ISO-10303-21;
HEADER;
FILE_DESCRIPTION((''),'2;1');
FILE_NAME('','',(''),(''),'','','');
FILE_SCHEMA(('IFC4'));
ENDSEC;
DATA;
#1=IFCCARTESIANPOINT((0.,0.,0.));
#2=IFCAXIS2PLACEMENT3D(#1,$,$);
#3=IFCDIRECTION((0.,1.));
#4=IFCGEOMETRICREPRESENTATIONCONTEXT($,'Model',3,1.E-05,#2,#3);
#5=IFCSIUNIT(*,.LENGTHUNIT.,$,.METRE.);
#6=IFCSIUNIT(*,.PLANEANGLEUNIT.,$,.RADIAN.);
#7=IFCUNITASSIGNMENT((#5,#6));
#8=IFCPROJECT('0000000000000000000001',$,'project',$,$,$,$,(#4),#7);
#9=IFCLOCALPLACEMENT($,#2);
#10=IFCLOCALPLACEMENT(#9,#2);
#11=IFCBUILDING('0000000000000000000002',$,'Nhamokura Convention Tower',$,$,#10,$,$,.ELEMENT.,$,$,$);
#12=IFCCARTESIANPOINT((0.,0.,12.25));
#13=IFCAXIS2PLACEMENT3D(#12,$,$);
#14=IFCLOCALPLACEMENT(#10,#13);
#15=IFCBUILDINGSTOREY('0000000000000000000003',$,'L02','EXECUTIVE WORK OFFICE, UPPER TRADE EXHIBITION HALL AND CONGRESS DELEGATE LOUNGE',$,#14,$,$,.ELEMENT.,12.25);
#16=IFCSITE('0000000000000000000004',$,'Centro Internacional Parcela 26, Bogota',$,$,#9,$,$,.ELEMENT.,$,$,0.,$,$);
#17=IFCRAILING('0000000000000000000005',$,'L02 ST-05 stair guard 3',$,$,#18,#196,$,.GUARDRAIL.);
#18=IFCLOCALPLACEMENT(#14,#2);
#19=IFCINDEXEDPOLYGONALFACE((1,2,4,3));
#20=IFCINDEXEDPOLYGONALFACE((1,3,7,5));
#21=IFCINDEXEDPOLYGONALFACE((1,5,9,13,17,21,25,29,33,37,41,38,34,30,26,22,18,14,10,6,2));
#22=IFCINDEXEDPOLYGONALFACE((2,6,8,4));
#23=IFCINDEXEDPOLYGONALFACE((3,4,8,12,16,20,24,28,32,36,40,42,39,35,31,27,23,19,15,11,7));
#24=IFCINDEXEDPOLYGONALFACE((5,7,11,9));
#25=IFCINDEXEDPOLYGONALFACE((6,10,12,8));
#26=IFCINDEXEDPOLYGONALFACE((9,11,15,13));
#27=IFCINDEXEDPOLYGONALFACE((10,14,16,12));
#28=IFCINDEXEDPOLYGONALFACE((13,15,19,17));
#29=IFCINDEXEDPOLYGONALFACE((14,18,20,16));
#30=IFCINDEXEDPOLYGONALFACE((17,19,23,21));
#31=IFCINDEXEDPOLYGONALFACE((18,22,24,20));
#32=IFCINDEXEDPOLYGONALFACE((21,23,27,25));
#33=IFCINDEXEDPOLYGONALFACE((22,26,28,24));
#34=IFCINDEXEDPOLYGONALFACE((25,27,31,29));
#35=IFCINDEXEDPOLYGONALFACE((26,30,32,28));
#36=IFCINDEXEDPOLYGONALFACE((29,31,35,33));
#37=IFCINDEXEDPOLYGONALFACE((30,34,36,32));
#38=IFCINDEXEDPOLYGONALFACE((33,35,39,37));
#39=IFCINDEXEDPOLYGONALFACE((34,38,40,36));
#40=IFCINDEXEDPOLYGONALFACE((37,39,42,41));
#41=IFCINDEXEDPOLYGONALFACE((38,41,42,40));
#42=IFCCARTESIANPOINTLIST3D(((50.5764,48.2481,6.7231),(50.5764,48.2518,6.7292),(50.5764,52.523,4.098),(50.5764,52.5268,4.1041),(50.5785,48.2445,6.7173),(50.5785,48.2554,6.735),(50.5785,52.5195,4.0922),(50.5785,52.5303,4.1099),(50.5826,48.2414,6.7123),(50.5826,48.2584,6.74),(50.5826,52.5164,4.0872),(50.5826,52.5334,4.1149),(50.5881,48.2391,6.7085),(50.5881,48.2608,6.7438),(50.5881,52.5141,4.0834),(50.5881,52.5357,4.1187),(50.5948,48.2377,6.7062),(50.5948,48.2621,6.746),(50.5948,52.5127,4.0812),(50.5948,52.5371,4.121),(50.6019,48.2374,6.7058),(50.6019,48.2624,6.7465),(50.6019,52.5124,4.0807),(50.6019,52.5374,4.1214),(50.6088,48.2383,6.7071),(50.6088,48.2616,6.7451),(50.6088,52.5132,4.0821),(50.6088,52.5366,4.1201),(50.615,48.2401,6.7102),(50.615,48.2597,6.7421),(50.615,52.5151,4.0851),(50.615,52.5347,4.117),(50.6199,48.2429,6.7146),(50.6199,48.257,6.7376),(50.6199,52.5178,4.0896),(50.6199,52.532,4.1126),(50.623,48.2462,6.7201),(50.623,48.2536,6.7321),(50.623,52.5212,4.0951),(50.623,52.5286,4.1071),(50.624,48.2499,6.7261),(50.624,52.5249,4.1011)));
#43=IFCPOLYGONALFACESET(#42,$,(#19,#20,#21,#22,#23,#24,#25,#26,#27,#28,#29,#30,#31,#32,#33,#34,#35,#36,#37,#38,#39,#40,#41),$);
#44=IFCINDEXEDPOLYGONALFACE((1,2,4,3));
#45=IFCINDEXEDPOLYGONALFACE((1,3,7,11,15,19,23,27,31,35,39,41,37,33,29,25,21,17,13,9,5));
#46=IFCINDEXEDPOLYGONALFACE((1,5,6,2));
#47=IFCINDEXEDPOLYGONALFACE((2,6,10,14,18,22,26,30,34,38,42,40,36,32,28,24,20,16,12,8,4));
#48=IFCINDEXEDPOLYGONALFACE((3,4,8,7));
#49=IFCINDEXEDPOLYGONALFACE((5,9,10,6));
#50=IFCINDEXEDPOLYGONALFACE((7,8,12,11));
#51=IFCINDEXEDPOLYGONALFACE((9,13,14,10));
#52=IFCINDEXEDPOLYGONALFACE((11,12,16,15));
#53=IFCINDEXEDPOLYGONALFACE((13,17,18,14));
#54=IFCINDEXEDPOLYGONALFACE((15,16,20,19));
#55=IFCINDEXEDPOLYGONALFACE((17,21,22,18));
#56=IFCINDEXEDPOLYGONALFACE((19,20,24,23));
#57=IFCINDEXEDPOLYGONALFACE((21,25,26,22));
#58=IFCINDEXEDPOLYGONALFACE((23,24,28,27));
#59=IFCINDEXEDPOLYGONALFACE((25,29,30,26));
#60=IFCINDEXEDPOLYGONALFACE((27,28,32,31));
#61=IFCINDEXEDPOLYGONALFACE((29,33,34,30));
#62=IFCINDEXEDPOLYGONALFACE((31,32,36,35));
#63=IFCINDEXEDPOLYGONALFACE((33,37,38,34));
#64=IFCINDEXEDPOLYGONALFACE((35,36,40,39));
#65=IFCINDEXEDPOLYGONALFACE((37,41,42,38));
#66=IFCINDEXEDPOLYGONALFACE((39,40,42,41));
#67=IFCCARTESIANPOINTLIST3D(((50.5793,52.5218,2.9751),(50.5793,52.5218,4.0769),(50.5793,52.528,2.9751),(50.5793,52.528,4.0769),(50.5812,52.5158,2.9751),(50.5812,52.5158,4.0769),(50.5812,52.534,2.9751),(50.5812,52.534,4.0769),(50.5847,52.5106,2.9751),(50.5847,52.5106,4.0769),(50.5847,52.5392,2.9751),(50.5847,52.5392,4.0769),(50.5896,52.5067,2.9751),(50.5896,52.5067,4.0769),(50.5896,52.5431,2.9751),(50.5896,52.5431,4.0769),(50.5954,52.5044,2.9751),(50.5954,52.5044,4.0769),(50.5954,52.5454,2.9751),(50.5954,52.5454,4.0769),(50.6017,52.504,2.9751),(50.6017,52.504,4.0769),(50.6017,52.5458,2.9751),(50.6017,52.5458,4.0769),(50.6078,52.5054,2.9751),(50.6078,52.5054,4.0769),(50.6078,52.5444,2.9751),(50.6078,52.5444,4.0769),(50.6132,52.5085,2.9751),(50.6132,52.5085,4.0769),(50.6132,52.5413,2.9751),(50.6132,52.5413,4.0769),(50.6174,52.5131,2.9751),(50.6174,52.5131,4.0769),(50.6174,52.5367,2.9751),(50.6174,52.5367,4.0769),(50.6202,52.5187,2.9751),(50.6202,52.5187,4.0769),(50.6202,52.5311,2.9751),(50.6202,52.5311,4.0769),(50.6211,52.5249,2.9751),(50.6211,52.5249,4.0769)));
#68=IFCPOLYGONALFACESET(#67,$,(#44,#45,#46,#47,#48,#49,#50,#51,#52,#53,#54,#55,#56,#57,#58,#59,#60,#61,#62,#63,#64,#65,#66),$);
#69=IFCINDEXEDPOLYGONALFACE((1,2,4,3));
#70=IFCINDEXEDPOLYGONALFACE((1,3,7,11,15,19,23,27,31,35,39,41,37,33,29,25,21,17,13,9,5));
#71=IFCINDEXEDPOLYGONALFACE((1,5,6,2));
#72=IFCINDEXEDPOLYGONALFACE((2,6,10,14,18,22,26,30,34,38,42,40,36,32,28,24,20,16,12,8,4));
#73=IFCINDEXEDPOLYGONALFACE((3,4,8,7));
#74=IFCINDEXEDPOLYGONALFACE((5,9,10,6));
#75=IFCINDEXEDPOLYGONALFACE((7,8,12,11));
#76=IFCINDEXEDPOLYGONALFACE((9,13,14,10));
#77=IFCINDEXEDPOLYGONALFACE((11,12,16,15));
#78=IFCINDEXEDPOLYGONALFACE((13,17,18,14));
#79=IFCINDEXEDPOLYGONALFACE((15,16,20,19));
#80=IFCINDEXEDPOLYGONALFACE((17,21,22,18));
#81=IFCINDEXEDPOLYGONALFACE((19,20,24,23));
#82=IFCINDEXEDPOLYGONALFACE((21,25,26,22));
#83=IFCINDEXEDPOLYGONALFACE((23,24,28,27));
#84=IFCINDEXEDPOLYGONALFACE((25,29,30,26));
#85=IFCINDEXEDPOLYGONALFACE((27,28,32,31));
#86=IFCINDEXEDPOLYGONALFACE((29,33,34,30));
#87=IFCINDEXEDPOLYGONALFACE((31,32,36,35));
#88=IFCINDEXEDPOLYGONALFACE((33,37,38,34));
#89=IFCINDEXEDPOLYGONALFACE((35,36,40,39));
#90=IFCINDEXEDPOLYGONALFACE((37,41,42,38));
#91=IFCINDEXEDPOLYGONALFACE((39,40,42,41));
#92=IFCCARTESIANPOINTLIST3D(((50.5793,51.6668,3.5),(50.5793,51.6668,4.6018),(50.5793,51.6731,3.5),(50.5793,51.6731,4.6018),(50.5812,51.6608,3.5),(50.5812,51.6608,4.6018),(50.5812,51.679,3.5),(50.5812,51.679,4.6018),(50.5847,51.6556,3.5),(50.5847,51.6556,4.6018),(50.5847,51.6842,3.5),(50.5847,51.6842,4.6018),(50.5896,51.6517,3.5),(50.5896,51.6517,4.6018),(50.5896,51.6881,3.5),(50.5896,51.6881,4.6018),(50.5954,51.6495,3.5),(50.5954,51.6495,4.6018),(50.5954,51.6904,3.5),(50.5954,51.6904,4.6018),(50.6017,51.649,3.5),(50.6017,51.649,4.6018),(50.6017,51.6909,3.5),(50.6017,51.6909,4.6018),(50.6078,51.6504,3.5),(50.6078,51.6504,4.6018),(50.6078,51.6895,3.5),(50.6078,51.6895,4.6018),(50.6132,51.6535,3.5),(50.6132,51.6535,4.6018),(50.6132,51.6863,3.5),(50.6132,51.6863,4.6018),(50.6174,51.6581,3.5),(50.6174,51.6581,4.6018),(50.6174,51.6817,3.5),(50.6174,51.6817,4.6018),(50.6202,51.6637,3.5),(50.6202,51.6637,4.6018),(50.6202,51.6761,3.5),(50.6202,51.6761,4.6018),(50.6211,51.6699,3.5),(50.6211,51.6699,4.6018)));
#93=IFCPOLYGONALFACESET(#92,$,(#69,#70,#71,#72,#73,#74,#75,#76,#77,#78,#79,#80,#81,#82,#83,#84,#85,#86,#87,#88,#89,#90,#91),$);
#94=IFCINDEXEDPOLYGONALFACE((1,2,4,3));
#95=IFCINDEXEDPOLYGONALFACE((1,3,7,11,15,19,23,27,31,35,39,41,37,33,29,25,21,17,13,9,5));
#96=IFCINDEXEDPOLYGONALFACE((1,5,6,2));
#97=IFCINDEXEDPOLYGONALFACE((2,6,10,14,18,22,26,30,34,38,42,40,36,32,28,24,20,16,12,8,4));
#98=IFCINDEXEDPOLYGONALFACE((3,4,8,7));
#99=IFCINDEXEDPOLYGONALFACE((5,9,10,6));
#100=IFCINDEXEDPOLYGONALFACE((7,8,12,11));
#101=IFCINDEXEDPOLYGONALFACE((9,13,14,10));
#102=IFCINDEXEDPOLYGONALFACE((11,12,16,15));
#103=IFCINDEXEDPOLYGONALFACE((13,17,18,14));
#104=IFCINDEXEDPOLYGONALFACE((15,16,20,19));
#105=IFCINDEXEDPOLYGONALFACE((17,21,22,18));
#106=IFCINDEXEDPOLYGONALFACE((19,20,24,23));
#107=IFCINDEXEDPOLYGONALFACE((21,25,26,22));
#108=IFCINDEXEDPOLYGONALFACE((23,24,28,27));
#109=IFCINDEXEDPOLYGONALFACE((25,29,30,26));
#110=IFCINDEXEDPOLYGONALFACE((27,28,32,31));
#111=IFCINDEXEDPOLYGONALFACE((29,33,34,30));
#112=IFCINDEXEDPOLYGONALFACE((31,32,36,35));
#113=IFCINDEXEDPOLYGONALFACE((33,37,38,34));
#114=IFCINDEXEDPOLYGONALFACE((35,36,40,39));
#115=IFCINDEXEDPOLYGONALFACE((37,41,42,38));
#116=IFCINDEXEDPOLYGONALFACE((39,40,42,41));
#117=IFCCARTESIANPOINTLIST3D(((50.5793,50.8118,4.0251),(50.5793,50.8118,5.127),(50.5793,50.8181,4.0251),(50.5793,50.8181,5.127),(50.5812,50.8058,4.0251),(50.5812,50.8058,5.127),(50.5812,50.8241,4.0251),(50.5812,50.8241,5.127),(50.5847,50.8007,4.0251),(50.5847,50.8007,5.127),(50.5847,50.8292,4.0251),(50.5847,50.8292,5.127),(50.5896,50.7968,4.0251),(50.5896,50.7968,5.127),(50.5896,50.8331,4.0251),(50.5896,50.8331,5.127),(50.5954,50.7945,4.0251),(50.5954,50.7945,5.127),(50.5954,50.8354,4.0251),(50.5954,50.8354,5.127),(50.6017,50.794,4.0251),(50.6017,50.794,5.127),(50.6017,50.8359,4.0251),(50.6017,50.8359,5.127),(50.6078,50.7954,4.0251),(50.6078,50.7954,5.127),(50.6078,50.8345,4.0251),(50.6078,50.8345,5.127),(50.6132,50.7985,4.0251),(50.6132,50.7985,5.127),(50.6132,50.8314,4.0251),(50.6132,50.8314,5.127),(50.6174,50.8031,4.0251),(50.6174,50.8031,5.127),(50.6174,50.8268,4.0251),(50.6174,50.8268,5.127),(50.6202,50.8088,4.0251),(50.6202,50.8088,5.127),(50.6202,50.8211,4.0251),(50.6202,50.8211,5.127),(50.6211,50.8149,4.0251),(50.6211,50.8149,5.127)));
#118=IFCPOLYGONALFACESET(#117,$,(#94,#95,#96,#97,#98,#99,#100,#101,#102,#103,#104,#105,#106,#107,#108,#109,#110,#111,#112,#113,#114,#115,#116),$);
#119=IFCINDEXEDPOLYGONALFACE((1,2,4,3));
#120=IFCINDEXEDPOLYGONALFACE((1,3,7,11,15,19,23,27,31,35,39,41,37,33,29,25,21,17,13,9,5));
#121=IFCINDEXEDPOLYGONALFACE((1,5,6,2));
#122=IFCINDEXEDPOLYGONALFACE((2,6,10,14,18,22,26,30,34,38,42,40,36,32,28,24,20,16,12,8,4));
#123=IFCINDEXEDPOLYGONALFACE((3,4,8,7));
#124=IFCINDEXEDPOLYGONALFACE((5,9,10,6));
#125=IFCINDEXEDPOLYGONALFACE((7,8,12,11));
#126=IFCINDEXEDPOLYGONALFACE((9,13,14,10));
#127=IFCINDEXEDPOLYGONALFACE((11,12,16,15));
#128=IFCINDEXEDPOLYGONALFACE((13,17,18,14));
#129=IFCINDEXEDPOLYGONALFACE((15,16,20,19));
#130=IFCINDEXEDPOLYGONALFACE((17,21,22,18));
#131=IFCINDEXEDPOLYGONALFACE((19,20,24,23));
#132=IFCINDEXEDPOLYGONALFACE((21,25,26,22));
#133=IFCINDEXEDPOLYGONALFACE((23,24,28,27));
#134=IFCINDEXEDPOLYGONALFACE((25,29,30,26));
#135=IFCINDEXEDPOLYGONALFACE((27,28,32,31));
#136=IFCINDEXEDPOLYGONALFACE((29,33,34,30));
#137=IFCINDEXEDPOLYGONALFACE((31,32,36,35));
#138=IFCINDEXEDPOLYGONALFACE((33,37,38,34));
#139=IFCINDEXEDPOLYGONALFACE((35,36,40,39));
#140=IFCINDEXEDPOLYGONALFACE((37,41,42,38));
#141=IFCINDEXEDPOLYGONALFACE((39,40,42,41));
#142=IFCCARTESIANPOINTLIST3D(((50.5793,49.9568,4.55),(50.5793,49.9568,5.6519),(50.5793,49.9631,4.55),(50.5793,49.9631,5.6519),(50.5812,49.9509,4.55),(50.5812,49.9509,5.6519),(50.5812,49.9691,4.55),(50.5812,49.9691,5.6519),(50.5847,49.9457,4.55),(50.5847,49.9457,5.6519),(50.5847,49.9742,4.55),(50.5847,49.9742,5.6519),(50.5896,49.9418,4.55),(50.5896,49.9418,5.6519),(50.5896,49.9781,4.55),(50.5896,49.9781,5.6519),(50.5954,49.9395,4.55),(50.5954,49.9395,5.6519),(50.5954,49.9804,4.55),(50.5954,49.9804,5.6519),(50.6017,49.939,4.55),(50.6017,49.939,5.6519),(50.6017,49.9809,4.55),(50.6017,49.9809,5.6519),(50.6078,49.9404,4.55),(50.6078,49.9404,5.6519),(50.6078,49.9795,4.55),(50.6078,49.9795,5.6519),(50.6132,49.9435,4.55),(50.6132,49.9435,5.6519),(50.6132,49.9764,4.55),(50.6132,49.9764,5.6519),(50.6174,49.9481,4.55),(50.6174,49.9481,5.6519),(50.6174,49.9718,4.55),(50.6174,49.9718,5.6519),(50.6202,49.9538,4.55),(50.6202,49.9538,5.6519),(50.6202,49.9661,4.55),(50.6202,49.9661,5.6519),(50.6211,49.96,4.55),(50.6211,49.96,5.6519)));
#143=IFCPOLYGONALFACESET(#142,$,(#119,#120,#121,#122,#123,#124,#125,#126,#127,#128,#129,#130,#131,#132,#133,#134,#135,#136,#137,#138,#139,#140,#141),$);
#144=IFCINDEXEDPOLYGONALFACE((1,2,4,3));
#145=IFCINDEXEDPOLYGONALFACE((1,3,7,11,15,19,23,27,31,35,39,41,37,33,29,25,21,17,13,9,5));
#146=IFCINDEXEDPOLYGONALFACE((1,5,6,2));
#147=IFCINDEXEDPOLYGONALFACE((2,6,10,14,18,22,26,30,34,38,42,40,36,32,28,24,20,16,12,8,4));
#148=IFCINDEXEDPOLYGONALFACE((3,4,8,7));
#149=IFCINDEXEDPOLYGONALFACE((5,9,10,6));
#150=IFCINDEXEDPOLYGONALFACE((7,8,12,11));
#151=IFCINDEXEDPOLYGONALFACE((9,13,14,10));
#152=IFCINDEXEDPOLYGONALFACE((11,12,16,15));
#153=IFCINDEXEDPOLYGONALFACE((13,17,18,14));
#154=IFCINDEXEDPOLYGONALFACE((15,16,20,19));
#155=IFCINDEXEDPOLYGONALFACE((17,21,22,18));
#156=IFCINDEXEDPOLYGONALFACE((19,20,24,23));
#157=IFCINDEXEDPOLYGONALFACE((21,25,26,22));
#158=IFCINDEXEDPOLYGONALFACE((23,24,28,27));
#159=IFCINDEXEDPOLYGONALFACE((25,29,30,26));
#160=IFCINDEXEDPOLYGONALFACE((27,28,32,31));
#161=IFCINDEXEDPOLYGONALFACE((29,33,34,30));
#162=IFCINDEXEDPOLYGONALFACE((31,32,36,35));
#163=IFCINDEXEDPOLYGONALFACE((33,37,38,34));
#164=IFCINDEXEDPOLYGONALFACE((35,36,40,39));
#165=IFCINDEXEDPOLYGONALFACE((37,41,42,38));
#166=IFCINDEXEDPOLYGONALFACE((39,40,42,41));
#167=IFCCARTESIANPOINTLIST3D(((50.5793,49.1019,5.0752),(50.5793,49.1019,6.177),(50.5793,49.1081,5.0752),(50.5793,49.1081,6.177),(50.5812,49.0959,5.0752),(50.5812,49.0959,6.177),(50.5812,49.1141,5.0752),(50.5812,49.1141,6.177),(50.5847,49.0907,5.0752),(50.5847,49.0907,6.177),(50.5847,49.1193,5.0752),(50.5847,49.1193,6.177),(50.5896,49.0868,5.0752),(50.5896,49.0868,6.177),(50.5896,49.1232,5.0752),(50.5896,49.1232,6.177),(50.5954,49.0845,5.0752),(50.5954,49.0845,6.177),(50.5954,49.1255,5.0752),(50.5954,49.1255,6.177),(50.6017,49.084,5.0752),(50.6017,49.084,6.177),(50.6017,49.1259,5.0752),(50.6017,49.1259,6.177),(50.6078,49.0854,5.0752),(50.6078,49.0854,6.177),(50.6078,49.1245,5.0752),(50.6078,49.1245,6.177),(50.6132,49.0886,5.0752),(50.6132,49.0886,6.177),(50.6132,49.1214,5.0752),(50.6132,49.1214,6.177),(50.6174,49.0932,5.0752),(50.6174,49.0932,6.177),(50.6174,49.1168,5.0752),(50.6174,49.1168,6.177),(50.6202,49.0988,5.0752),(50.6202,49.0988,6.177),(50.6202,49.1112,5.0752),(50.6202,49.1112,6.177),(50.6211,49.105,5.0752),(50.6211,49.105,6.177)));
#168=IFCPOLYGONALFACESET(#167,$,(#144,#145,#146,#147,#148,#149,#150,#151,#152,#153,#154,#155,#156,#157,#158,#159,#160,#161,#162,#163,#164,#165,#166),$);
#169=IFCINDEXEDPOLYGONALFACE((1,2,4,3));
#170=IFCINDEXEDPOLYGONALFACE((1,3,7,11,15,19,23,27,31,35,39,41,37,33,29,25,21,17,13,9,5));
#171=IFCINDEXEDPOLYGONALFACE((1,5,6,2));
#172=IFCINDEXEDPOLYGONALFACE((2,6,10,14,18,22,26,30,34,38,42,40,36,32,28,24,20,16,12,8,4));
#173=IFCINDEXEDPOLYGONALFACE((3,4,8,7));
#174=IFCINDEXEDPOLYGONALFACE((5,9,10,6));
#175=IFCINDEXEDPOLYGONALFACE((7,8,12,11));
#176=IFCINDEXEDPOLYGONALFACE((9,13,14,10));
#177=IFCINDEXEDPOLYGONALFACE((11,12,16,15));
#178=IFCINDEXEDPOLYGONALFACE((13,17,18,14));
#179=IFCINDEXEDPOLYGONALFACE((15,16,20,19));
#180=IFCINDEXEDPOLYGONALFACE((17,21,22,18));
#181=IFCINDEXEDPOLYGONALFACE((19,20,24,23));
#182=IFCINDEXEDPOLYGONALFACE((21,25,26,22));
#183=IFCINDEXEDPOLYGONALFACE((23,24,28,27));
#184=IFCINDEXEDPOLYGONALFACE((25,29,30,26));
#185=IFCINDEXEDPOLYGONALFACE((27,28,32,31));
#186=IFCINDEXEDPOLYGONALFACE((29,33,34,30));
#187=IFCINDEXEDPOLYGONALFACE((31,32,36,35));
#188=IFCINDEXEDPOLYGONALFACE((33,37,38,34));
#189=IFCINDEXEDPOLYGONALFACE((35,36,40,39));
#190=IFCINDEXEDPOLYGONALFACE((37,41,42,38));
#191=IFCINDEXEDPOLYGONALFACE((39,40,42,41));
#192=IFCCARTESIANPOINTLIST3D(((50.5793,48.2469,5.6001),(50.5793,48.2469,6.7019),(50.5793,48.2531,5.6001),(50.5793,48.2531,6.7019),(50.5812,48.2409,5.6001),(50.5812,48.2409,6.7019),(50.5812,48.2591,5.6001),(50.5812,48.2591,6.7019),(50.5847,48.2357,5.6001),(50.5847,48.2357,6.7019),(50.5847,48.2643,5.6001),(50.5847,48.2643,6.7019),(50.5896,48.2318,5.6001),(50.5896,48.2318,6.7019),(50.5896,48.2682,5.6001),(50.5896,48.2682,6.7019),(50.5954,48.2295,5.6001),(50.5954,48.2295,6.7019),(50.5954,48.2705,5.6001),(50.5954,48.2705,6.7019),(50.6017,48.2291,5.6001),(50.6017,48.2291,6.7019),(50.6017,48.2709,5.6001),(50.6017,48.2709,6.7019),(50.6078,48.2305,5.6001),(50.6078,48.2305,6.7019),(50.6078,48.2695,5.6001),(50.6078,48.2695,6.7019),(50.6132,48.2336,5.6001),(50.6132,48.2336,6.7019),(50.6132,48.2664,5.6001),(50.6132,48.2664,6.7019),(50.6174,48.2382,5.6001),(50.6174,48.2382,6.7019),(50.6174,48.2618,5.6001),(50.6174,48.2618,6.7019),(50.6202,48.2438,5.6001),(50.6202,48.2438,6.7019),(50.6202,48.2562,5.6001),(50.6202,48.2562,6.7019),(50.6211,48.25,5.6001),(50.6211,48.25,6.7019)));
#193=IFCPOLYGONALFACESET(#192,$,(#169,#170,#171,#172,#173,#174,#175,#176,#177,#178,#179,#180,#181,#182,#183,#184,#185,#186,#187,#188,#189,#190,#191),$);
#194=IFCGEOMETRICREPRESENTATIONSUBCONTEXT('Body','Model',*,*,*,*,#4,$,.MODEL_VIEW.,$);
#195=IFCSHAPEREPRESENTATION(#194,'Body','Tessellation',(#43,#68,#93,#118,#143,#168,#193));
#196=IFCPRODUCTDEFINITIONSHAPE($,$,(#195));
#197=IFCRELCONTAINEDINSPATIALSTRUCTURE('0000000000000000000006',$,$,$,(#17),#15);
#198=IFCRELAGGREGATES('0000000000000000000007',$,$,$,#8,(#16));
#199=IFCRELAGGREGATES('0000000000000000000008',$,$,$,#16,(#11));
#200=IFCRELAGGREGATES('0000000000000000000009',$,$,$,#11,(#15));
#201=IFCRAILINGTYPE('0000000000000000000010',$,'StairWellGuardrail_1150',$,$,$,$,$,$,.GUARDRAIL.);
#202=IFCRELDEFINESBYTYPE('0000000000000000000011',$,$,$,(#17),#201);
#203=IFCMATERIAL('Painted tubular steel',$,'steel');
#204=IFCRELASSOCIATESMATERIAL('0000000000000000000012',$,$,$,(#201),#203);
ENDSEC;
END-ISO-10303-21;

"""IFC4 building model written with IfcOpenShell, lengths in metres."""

from ifc_helpers import new_model, si_unit, direction, frame, origin, origin_2d, place, context, subcontext, project, spatial, circle, extrude, material, type_object, element, save


model = new_model("IFC4")

# Units and contexts
model_context = context("Model", 3, precision=1e-05, world=origin(), true_north=direction((0.0, 1.0)))
body_context = subcontext(model_context, "Body", "Model", "MODEL_VIEW")
ifc_project = project(units=[si_unit("LENGTHUNIT", "METRE"), si_unit("PLANEANGLEUNIT", "RADIAN")], contexts=[model_context])

# Site, building, storey
site_placement = place(None, origin())
site = spatial("IfcSite", under=ifc_project, at=site_placement, Name="Centro Internacional Parcela 26, Bogota", CompositionType="ELEMENT", RefElevation=0.0)
building_placement = place(site_placement, origin())
building = spatial("IfcBuilding", under=site, at=building_placement, Name="Nhamokura Convention Tower", CompositionType="ELEMENT")
storey_placement = place(building_placement, frame((0.0, 0.0, 12.25)))
storey = spatial("IfcBuildingStorey", under=building, at=storey_placement, Name="L02", Description="EXECUTIVE WORK OFFICE, UPPER TRADE EXHIBITION HALL AND CONGRESS DELEGATE LOUNGE", CompositionType="ELEMENT", Elevation=12.25)

# Railing
ifc_material_1 = material(Name="Painted tubular steel", Category="steel")
railing_type_1 = type_object("IfcRailingType", Name="StairWellGuardrail_1150", PredefinedType="GUARDRAIL", material=ifc_material_1)
railing_1_placement = place(storey_placement, frame((50.6001, 52.5249, 2.9751)))
element("IfcRailing", 1, at=railing_1_placement, inside=storey, type_object=railing_type_1, Name="L02 ST-05 stair guard 3", PredefinedType="GUARDRAIL", context=body_context, shape_type="SweptSolid", body=[
    extrude(circle(Radius=0.0239, at=origin_2d()), frame((0.0, 0.0, 1.126), z_axis=(0.0, -0.852166, 0.523272), x_axis=(1.0, 0.0, 0.0)), (0.0, 0.0, 1.0), 5.0166),
    extrude(circle(Radius=0.021, at=origin_2d()), origin(), (0.0, 0.0, 1.0), 1.1018),
    extrude(circle(Radius=0.021, at=origin_2d()), frame((0.0, -0.855, 0.5249)), (0.0, 0.0, 1.0), 1.1018),
    extrude(circle(Radius=0.021, at=origin_2d()), frame((0.0, -1.71, 1.05)), (0.0, 0.0, 1.0), 1.1018),
    extrude(circle(Radius=0.021, at=origin_2d()), frame((0.0, -2.5649, 1.575)), (0.0, 0.0, 1.0), 1.1018),
    extrude(circle(Radius=0.021, at=origin_2d()), frame((0.0, -3.4199, 2.1001)), (0.0, 0.0, 1.0), 1.1018),
    extrude(circle(Radius=0.021, at=origin_2d()), frame((0.0, -4.2749, 2.625)), (0.0, 0.0, 1.0), 1.1018),
])

save(model, "model.ifc")
